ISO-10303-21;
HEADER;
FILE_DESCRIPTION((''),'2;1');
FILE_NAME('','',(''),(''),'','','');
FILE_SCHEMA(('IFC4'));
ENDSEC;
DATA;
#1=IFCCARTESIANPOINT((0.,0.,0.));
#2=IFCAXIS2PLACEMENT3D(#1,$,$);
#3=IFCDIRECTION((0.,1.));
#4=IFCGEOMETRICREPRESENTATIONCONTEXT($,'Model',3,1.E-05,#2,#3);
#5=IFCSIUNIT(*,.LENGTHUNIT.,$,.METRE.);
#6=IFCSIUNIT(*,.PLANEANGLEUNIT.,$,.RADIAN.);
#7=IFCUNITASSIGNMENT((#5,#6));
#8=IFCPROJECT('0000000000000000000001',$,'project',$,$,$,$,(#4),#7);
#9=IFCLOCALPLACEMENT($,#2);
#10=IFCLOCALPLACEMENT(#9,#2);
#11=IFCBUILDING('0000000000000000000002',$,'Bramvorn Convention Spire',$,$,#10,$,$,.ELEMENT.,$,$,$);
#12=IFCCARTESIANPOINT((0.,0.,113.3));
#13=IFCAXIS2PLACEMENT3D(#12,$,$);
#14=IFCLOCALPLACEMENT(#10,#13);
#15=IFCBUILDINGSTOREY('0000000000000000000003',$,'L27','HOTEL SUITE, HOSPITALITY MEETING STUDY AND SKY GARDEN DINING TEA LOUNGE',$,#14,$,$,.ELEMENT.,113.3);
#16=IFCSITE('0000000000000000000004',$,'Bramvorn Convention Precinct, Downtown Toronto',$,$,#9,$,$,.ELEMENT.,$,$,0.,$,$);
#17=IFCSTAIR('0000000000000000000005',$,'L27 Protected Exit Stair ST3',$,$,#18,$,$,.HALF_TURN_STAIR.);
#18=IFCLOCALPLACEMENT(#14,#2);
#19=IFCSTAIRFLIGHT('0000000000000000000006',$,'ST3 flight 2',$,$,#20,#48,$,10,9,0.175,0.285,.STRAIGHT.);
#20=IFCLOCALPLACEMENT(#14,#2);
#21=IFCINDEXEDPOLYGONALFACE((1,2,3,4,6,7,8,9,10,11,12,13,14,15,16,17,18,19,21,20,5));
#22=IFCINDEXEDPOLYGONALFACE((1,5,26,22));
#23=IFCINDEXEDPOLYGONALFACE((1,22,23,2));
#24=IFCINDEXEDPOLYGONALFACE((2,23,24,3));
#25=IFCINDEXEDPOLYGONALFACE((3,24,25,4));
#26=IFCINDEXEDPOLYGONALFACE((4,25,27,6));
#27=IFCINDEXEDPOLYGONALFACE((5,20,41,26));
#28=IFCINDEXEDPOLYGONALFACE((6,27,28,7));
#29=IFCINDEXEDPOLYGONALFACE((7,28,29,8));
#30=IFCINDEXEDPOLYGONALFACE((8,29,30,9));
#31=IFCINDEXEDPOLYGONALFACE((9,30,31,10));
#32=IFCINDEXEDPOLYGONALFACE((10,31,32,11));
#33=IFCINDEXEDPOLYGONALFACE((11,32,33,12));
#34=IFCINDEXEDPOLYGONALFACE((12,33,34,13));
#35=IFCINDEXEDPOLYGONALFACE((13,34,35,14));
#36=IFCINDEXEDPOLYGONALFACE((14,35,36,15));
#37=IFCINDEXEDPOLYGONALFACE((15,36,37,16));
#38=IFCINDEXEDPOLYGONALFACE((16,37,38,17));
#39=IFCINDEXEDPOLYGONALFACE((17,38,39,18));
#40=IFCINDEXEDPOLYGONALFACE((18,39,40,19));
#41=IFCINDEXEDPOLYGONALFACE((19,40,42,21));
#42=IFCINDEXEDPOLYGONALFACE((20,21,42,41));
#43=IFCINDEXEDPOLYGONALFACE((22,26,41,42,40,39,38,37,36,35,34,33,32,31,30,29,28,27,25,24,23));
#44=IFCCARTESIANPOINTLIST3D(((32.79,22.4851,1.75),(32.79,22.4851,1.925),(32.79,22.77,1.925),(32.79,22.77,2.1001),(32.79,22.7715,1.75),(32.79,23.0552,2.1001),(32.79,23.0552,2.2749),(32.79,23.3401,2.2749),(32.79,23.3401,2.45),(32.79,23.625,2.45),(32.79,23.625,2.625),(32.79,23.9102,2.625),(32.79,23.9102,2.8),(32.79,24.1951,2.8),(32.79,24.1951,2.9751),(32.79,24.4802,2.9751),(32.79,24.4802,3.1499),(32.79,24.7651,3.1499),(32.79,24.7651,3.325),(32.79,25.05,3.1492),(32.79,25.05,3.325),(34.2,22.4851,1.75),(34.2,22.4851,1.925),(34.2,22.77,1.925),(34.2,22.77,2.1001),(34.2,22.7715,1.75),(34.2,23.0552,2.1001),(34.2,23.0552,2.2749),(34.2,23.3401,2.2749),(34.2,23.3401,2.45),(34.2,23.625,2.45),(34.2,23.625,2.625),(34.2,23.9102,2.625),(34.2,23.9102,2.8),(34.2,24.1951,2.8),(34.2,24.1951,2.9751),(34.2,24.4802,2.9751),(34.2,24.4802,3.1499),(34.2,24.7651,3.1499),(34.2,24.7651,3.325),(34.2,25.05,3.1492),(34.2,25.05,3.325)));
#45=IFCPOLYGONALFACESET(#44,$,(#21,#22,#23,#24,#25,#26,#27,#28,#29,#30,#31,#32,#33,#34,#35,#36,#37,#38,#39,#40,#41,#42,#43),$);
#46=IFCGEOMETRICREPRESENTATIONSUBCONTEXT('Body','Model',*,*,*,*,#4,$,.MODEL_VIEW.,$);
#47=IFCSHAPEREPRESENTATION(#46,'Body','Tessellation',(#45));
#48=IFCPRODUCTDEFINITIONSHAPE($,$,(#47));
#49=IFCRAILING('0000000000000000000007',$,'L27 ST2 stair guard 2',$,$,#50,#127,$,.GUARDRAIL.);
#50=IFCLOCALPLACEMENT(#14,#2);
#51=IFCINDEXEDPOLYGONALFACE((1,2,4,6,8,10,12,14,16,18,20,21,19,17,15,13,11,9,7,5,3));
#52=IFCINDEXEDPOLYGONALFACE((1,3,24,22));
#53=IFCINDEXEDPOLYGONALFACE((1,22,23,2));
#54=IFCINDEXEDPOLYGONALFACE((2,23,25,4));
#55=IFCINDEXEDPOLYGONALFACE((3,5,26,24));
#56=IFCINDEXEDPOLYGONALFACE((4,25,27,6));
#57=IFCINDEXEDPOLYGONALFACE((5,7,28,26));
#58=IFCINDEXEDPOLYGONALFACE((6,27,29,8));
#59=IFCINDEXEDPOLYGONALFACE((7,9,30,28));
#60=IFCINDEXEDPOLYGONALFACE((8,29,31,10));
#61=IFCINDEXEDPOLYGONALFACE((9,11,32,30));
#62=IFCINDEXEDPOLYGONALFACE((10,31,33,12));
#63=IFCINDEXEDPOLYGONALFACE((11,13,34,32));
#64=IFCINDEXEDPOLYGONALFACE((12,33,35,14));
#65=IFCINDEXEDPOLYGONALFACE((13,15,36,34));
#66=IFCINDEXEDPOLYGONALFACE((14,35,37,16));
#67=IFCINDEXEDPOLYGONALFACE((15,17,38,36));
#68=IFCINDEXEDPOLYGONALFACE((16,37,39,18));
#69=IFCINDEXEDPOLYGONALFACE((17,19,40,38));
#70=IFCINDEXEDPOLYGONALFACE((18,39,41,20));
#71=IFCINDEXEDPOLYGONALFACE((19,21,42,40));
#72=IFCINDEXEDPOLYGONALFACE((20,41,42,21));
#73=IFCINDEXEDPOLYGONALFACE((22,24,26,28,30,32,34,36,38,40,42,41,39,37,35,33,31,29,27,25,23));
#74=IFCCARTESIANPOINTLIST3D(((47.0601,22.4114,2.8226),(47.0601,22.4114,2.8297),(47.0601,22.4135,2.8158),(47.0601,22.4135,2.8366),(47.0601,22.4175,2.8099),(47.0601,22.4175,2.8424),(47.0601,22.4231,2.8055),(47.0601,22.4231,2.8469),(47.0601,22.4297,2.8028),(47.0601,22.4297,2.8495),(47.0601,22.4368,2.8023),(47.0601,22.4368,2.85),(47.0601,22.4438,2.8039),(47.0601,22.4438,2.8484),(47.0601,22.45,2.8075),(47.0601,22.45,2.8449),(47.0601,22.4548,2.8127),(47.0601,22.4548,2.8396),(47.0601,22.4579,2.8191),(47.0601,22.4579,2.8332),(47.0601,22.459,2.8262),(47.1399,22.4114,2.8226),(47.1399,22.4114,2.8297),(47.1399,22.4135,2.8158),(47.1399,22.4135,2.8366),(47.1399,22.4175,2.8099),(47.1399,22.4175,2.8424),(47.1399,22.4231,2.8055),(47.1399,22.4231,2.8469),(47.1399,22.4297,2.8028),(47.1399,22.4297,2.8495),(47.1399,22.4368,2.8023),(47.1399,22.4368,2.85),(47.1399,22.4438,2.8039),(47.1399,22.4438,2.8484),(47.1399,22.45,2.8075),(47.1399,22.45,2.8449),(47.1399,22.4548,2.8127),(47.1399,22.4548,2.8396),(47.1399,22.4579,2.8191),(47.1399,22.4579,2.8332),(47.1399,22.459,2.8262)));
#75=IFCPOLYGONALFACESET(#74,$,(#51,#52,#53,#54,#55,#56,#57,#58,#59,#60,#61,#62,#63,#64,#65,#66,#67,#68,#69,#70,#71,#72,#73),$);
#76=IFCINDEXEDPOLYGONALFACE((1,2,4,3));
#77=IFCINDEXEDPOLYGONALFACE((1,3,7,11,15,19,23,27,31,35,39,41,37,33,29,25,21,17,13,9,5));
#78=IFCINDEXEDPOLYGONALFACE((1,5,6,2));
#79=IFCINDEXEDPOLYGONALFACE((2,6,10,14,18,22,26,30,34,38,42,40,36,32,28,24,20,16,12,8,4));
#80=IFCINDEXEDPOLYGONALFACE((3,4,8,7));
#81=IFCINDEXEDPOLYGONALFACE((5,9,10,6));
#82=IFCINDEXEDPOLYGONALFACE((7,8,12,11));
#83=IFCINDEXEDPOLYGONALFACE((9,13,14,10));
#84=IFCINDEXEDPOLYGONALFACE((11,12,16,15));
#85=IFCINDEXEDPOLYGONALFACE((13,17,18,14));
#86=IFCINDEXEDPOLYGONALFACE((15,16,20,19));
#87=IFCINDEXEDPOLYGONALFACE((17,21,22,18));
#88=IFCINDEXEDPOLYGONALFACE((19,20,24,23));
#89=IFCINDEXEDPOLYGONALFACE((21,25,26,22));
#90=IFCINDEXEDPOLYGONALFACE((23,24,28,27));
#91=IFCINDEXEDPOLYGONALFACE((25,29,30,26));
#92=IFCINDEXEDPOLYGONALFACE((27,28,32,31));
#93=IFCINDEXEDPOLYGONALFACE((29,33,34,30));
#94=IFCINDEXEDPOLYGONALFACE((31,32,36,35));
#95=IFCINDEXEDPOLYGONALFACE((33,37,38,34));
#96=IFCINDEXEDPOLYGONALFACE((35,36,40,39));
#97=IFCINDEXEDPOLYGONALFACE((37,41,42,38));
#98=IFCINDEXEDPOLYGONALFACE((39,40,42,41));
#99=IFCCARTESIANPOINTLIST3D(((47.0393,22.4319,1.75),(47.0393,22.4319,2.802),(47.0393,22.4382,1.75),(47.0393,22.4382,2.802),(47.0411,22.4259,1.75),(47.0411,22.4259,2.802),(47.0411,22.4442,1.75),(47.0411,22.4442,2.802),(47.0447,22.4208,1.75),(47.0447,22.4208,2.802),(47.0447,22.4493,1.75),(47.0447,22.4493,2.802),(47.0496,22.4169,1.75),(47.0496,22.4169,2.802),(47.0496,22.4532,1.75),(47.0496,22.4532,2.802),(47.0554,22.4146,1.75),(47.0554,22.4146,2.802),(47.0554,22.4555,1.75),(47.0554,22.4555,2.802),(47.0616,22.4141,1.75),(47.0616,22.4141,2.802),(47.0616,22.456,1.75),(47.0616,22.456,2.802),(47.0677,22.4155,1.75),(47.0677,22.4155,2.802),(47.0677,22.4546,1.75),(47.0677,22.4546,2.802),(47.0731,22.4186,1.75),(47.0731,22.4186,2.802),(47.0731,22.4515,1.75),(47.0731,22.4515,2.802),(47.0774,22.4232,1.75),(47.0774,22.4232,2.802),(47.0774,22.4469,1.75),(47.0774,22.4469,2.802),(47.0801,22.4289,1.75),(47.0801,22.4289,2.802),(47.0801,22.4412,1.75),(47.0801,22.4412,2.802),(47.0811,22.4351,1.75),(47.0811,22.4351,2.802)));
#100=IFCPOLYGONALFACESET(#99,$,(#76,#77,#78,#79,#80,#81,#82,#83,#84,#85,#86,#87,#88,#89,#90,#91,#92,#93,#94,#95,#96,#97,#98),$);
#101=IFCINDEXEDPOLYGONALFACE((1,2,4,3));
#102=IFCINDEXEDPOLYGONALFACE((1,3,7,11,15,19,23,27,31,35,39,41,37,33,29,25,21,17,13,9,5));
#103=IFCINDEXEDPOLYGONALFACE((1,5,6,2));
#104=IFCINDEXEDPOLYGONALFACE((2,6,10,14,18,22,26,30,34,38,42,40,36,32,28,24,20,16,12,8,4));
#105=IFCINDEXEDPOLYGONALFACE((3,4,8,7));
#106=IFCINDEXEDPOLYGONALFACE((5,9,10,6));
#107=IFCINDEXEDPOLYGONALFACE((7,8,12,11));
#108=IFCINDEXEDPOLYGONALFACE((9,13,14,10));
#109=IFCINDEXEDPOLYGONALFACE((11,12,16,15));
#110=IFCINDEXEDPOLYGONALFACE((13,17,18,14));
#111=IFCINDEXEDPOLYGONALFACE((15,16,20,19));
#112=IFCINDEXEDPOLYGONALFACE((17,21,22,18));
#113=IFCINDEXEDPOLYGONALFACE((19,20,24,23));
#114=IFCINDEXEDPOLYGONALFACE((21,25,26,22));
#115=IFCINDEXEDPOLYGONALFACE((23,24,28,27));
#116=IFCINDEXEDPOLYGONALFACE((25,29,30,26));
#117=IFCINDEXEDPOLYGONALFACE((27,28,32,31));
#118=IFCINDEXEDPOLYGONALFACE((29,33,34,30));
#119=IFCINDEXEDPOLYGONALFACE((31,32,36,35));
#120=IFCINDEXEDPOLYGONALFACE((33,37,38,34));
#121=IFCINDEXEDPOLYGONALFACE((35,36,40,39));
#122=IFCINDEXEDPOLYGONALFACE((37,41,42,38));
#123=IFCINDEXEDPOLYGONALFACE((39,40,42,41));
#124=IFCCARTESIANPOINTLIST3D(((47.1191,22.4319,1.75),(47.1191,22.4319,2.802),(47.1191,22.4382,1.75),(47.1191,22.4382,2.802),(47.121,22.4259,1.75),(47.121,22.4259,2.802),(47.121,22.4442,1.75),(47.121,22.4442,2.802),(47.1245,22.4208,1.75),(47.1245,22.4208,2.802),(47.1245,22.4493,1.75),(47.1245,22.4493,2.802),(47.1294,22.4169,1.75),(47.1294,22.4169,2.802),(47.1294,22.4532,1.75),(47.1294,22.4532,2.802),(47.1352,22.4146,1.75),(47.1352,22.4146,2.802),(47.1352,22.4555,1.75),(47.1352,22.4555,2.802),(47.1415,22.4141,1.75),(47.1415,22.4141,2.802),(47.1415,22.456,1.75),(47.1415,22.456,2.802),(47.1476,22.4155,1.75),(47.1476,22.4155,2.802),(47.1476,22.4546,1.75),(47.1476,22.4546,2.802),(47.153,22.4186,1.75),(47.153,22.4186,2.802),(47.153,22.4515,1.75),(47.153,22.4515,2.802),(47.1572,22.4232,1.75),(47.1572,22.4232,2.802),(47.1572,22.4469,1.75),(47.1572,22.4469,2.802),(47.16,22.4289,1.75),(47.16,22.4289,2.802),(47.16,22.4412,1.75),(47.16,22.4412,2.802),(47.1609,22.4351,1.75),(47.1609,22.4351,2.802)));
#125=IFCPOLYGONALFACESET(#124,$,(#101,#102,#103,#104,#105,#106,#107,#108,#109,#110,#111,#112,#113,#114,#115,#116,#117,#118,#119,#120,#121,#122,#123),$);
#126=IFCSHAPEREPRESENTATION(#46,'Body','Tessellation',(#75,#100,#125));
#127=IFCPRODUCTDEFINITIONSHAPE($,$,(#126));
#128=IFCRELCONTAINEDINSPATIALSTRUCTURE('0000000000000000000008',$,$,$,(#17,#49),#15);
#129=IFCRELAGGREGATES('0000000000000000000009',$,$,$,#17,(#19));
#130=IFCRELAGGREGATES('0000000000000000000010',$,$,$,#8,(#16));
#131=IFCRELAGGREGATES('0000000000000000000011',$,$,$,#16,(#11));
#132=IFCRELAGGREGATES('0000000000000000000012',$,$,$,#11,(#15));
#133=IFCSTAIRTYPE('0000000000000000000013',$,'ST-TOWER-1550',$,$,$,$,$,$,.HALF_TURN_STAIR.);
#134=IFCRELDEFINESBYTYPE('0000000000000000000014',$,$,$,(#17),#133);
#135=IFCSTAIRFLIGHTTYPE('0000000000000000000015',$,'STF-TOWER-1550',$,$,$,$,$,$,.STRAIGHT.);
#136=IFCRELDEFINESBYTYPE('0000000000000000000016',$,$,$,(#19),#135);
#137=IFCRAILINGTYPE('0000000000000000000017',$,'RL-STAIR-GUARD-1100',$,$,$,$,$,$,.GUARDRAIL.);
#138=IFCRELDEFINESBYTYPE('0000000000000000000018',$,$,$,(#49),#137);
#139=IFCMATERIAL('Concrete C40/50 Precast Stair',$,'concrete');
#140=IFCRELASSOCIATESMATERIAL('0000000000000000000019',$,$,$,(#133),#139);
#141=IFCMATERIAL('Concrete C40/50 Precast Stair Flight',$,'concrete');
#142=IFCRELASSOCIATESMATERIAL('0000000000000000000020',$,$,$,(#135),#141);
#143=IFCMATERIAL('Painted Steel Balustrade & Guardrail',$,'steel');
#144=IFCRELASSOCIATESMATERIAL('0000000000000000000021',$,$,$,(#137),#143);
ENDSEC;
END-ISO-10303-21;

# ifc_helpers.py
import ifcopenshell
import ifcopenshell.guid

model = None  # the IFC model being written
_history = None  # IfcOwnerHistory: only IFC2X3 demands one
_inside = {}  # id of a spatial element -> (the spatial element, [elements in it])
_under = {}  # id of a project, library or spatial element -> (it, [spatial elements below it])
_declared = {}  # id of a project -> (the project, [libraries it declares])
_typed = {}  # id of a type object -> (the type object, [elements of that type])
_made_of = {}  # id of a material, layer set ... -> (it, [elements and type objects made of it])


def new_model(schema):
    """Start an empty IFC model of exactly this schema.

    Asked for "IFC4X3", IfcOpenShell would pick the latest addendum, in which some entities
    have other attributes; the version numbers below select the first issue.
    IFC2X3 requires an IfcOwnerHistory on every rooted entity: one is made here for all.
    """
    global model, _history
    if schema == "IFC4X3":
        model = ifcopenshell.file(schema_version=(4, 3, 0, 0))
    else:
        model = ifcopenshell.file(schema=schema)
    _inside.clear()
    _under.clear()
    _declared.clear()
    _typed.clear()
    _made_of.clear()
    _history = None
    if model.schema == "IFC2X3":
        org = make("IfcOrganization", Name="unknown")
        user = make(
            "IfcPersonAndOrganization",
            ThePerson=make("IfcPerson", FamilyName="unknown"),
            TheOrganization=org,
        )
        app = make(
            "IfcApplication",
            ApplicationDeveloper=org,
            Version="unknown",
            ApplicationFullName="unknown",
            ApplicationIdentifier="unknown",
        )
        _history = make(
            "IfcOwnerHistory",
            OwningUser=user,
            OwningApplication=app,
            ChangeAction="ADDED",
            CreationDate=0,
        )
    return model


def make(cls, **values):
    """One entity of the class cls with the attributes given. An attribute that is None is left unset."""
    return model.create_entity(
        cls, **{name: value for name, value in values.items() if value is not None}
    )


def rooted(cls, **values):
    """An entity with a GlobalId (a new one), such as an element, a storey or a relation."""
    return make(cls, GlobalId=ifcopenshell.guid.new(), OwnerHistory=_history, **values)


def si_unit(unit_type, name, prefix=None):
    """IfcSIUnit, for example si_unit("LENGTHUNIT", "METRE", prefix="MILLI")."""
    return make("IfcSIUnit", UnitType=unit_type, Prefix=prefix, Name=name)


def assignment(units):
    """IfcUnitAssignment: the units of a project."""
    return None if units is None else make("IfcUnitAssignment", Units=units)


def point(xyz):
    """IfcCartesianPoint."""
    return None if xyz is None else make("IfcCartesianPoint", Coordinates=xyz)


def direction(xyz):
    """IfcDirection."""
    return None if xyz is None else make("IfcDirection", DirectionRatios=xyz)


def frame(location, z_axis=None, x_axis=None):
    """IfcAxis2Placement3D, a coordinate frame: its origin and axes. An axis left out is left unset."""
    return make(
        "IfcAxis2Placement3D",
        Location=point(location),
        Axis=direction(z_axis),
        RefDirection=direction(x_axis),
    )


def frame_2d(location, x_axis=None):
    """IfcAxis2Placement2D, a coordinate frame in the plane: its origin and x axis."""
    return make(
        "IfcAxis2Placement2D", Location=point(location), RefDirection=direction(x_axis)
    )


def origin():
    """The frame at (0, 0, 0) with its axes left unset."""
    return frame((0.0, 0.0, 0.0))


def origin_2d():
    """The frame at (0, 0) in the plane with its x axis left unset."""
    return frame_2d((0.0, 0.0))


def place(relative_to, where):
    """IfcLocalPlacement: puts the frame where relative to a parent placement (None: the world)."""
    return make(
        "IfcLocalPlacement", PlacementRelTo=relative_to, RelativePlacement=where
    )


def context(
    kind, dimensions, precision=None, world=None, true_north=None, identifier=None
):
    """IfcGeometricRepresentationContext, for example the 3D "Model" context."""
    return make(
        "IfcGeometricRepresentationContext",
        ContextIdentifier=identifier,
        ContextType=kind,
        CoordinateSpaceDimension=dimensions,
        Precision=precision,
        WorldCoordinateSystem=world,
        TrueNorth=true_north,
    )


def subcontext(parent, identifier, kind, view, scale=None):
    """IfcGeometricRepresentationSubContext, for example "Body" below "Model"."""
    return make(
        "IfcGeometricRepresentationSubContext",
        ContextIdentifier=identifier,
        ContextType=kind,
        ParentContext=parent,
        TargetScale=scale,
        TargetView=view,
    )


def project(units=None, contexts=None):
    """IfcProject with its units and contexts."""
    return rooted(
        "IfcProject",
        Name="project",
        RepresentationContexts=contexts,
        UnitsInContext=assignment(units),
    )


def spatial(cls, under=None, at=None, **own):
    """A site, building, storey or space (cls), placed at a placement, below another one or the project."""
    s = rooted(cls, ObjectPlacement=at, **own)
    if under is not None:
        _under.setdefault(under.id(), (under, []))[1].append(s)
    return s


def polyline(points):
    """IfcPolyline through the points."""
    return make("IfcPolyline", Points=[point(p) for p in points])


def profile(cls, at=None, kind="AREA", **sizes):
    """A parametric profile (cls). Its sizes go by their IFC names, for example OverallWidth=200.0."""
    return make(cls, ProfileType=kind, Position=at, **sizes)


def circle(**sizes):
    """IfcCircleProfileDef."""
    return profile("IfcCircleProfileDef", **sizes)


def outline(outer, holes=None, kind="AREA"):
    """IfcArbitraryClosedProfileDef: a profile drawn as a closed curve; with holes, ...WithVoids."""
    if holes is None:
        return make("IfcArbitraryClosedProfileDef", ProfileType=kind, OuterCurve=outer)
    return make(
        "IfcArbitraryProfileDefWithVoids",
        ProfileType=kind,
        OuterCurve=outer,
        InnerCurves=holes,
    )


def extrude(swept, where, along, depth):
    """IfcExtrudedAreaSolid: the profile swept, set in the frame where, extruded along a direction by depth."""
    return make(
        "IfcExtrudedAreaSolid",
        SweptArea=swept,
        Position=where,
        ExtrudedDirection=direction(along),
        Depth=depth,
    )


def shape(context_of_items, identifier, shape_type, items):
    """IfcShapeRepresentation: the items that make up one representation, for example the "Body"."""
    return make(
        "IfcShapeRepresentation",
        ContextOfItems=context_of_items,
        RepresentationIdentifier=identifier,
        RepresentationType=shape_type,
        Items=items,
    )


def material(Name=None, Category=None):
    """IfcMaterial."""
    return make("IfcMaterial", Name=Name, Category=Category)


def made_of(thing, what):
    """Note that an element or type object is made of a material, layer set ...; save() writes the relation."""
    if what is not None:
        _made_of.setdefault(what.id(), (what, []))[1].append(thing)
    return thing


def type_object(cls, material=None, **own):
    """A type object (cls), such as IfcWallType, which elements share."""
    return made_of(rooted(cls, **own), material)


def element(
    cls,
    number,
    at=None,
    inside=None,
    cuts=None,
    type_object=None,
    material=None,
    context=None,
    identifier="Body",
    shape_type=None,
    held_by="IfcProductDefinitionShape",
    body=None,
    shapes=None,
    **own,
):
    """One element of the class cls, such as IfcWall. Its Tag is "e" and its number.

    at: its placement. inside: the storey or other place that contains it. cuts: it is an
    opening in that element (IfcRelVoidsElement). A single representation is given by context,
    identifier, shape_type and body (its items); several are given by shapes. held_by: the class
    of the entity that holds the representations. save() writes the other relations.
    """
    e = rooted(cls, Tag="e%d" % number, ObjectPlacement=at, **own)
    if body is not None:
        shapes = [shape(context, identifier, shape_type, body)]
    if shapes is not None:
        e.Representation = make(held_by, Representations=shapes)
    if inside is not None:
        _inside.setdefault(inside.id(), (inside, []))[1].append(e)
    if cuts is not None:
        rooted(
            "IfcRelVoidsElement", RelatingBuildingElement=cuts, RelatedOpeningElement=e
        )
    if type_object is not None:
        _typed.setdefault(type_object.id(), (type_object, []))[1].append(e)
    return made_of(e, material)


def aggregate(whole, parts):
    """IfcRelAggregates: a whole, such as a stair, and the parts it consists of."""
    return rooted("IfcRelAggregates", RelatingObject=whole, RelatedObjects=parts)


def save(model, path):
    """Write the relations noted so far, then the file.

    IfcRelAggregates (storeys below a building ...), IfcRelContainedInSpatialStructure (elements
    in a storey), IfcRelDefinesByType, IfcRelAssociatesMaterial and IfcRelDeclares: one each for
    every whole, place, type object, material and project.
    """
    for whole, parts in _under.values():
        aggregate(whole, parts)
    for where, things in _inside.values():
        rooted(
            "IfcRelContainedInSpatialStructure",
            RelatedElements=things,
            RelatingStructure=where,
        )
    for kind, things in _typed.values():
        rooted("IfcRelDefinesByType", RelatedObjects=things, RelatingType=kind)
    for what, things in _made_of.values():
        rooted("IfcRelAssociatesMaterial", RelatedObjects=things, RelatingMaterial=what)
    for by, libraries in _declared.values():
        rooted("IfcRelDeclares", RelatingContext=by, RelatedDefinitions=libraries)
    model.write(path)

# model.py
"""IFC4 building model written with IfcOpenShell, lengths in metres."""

from ifc_helpers import new_model, si_unit, direction, frame, origin, origin_2d, place, context, subcontext, project, spatial, polyline, circle, outline, extrude, material, type_object, element, aggregate, save


model = new_model("IFC4")

# Units and contexts
model_context = context("Model", 3, precision=1e-05, world=origin(), true_north=direction((0.0, 1.0)))
body_context = subcontext(model_context, "Body", "Model", "MODEL_VIEW")
ifc_project = project(units=[si_unit("LENGTHUNIT", "METRE"), si_unit("PLANEANGLEUNIT", "RADIAN")], contexts=[model_context])

# Site, building, storey
site_placement = place(None, origin())
site = spatial("IfcSite", under=ifc_project, at=site_placement, Name="Bramvorn Convention Precinct, Downtown Toronto", CompositionType="ELEMENT", RefElevation=0.0)
building_placement = place(site_placement, origin())
building = spatial("IfcBuilding", under=site, at=building_placement, Name="Bramvorn Convention Spire", CompositionType="ELEMENT")
storey_placement = place(building_placement, frame((0.0, 0.0, 113.3)))
storey = spatial("IfcBuildingStorey", under=building, at=storey_placement, Name="L27", Description="HOTEL SUITE, HOSPITALITY MEETING STUDY AND SKY GARDEN DINING TEA LOUNGE", CompositionType="ELEMENT", Elevation=113.3)

# Stair, stair flight
ifc_material_1 = material(Name="Concrete C40/50 Precast Stair", Category="concrete")
stair_type = type_object("IfcStairType", Name="ST-TOWER-1550", PredefinedType="HALF_TURN_STAIR", material=ifc_material_1)
ifc_material_2 = material(Name="Concrete C40/50 Precast Stair Flight", Category="concrete")
stair_flight_type = type_object("IfcStairFlightType", Name="STF-TOWER-1550", PredefinedType="STRAIGHT", material=ifc_material_2)
stair_1_placement = place(storey_placement, origin())
stair_1 = element("IfcStair", 1, at=stair_1_placement, inside=storey, type_object=stair_type, Name="L27 Protected Exit Stair ST3", PredefinedType="HALF_TURN_STAIR")
stair_flight_1_placement = place(storey_placement, frame((33.4951, 22.4851, 1.75), z_axis=(0.0, 0.0, 1.0), x_axis=(0.0, 1.0, 0.0)))
stair_flight_1 = element("IfcStairFlight", 2, at=stair_flight_1_placement, type_object=stair_flight_type, Name="ST3 flight 2", NumberOfRisers=10, NumberOfTreads=9, PredefinedType="STRAIGHT", RiserHeight=0.175, TreadLength=0.285, context=body_context, shape_type="SweptSolid", body=[
    extrude(outline(polyline([(0.0, 0.0), (0.0, 0.175), (0.2849, 0.175), (0.2849, 0.3501), (0.5701, 0.3501), (0.5701, 0.5249), (0.855, 0.5249), (0.855, 0.7), (1.1399, 0.7), (1.1399, 0.875), (1.425, 0.875), (1.425, 1.05), (1.71, 1.05), (1.71, 1.2251), (1.9951, 1.2251), (1.9951, 1.3999), (2.28, 1.3999), (2.28, 1.575), (2.5649, 1.575), (2.5649, 1.75), (2.5649, 1.3992), (0.2864, 0.0), (0.0, 0.0)])), frame((0.0, 0.7051, 0.0), z_axis=(0.0, -1.0, 0.0), x_axis=(1.0, 0.0, 0.0)), (0.0, 0.0, 1.0), 1.4099),
])
aggregate(stair_1, [stair_flight_1])

# Railing
ifc_material_3 = material(Name="Painted Steel Balustrade & Guardrail", Category="steel")
railing_type_1 = type_object("IfcRailingType", Name="RL-STAIR-GUARD-1100", PredefinedType="GUARDRAIL", material=ifc_material_3)
railing_1_placement = place(storey_placement, frame((47.0601, 22.4351, 1.75)))
element("IfcRailing", 3, at=railing_1_placement, inside=storey, type_object=railing_type_1, Name="L27 ST2 stair guard 2", PredefinedType="GUARDRAIL", context=body_context, shape_type="SweptSolid", body=[
    extrude(circle(Radius=0.0239, at=origin_2d()), frame((0.0, 0.0, 1.0762), z_axis=(1.0, 0.0, 0.0), x_axis=(0.0, 1.0, 0.0)), (0.0, 0.0, 1.0), 0.0798),
    extrude(circle(Radius=0.021, at=origin_2d()), origin(), (0.0, 0.0, 1.0), 1.052),
    extrude(circle(Radius=0.021, at=origin_2d()), frame((0.0798, 0.0, 0.0)), (0.0, 0.0, 1.0), 1.052),
])

save(model, "model.ifc")
